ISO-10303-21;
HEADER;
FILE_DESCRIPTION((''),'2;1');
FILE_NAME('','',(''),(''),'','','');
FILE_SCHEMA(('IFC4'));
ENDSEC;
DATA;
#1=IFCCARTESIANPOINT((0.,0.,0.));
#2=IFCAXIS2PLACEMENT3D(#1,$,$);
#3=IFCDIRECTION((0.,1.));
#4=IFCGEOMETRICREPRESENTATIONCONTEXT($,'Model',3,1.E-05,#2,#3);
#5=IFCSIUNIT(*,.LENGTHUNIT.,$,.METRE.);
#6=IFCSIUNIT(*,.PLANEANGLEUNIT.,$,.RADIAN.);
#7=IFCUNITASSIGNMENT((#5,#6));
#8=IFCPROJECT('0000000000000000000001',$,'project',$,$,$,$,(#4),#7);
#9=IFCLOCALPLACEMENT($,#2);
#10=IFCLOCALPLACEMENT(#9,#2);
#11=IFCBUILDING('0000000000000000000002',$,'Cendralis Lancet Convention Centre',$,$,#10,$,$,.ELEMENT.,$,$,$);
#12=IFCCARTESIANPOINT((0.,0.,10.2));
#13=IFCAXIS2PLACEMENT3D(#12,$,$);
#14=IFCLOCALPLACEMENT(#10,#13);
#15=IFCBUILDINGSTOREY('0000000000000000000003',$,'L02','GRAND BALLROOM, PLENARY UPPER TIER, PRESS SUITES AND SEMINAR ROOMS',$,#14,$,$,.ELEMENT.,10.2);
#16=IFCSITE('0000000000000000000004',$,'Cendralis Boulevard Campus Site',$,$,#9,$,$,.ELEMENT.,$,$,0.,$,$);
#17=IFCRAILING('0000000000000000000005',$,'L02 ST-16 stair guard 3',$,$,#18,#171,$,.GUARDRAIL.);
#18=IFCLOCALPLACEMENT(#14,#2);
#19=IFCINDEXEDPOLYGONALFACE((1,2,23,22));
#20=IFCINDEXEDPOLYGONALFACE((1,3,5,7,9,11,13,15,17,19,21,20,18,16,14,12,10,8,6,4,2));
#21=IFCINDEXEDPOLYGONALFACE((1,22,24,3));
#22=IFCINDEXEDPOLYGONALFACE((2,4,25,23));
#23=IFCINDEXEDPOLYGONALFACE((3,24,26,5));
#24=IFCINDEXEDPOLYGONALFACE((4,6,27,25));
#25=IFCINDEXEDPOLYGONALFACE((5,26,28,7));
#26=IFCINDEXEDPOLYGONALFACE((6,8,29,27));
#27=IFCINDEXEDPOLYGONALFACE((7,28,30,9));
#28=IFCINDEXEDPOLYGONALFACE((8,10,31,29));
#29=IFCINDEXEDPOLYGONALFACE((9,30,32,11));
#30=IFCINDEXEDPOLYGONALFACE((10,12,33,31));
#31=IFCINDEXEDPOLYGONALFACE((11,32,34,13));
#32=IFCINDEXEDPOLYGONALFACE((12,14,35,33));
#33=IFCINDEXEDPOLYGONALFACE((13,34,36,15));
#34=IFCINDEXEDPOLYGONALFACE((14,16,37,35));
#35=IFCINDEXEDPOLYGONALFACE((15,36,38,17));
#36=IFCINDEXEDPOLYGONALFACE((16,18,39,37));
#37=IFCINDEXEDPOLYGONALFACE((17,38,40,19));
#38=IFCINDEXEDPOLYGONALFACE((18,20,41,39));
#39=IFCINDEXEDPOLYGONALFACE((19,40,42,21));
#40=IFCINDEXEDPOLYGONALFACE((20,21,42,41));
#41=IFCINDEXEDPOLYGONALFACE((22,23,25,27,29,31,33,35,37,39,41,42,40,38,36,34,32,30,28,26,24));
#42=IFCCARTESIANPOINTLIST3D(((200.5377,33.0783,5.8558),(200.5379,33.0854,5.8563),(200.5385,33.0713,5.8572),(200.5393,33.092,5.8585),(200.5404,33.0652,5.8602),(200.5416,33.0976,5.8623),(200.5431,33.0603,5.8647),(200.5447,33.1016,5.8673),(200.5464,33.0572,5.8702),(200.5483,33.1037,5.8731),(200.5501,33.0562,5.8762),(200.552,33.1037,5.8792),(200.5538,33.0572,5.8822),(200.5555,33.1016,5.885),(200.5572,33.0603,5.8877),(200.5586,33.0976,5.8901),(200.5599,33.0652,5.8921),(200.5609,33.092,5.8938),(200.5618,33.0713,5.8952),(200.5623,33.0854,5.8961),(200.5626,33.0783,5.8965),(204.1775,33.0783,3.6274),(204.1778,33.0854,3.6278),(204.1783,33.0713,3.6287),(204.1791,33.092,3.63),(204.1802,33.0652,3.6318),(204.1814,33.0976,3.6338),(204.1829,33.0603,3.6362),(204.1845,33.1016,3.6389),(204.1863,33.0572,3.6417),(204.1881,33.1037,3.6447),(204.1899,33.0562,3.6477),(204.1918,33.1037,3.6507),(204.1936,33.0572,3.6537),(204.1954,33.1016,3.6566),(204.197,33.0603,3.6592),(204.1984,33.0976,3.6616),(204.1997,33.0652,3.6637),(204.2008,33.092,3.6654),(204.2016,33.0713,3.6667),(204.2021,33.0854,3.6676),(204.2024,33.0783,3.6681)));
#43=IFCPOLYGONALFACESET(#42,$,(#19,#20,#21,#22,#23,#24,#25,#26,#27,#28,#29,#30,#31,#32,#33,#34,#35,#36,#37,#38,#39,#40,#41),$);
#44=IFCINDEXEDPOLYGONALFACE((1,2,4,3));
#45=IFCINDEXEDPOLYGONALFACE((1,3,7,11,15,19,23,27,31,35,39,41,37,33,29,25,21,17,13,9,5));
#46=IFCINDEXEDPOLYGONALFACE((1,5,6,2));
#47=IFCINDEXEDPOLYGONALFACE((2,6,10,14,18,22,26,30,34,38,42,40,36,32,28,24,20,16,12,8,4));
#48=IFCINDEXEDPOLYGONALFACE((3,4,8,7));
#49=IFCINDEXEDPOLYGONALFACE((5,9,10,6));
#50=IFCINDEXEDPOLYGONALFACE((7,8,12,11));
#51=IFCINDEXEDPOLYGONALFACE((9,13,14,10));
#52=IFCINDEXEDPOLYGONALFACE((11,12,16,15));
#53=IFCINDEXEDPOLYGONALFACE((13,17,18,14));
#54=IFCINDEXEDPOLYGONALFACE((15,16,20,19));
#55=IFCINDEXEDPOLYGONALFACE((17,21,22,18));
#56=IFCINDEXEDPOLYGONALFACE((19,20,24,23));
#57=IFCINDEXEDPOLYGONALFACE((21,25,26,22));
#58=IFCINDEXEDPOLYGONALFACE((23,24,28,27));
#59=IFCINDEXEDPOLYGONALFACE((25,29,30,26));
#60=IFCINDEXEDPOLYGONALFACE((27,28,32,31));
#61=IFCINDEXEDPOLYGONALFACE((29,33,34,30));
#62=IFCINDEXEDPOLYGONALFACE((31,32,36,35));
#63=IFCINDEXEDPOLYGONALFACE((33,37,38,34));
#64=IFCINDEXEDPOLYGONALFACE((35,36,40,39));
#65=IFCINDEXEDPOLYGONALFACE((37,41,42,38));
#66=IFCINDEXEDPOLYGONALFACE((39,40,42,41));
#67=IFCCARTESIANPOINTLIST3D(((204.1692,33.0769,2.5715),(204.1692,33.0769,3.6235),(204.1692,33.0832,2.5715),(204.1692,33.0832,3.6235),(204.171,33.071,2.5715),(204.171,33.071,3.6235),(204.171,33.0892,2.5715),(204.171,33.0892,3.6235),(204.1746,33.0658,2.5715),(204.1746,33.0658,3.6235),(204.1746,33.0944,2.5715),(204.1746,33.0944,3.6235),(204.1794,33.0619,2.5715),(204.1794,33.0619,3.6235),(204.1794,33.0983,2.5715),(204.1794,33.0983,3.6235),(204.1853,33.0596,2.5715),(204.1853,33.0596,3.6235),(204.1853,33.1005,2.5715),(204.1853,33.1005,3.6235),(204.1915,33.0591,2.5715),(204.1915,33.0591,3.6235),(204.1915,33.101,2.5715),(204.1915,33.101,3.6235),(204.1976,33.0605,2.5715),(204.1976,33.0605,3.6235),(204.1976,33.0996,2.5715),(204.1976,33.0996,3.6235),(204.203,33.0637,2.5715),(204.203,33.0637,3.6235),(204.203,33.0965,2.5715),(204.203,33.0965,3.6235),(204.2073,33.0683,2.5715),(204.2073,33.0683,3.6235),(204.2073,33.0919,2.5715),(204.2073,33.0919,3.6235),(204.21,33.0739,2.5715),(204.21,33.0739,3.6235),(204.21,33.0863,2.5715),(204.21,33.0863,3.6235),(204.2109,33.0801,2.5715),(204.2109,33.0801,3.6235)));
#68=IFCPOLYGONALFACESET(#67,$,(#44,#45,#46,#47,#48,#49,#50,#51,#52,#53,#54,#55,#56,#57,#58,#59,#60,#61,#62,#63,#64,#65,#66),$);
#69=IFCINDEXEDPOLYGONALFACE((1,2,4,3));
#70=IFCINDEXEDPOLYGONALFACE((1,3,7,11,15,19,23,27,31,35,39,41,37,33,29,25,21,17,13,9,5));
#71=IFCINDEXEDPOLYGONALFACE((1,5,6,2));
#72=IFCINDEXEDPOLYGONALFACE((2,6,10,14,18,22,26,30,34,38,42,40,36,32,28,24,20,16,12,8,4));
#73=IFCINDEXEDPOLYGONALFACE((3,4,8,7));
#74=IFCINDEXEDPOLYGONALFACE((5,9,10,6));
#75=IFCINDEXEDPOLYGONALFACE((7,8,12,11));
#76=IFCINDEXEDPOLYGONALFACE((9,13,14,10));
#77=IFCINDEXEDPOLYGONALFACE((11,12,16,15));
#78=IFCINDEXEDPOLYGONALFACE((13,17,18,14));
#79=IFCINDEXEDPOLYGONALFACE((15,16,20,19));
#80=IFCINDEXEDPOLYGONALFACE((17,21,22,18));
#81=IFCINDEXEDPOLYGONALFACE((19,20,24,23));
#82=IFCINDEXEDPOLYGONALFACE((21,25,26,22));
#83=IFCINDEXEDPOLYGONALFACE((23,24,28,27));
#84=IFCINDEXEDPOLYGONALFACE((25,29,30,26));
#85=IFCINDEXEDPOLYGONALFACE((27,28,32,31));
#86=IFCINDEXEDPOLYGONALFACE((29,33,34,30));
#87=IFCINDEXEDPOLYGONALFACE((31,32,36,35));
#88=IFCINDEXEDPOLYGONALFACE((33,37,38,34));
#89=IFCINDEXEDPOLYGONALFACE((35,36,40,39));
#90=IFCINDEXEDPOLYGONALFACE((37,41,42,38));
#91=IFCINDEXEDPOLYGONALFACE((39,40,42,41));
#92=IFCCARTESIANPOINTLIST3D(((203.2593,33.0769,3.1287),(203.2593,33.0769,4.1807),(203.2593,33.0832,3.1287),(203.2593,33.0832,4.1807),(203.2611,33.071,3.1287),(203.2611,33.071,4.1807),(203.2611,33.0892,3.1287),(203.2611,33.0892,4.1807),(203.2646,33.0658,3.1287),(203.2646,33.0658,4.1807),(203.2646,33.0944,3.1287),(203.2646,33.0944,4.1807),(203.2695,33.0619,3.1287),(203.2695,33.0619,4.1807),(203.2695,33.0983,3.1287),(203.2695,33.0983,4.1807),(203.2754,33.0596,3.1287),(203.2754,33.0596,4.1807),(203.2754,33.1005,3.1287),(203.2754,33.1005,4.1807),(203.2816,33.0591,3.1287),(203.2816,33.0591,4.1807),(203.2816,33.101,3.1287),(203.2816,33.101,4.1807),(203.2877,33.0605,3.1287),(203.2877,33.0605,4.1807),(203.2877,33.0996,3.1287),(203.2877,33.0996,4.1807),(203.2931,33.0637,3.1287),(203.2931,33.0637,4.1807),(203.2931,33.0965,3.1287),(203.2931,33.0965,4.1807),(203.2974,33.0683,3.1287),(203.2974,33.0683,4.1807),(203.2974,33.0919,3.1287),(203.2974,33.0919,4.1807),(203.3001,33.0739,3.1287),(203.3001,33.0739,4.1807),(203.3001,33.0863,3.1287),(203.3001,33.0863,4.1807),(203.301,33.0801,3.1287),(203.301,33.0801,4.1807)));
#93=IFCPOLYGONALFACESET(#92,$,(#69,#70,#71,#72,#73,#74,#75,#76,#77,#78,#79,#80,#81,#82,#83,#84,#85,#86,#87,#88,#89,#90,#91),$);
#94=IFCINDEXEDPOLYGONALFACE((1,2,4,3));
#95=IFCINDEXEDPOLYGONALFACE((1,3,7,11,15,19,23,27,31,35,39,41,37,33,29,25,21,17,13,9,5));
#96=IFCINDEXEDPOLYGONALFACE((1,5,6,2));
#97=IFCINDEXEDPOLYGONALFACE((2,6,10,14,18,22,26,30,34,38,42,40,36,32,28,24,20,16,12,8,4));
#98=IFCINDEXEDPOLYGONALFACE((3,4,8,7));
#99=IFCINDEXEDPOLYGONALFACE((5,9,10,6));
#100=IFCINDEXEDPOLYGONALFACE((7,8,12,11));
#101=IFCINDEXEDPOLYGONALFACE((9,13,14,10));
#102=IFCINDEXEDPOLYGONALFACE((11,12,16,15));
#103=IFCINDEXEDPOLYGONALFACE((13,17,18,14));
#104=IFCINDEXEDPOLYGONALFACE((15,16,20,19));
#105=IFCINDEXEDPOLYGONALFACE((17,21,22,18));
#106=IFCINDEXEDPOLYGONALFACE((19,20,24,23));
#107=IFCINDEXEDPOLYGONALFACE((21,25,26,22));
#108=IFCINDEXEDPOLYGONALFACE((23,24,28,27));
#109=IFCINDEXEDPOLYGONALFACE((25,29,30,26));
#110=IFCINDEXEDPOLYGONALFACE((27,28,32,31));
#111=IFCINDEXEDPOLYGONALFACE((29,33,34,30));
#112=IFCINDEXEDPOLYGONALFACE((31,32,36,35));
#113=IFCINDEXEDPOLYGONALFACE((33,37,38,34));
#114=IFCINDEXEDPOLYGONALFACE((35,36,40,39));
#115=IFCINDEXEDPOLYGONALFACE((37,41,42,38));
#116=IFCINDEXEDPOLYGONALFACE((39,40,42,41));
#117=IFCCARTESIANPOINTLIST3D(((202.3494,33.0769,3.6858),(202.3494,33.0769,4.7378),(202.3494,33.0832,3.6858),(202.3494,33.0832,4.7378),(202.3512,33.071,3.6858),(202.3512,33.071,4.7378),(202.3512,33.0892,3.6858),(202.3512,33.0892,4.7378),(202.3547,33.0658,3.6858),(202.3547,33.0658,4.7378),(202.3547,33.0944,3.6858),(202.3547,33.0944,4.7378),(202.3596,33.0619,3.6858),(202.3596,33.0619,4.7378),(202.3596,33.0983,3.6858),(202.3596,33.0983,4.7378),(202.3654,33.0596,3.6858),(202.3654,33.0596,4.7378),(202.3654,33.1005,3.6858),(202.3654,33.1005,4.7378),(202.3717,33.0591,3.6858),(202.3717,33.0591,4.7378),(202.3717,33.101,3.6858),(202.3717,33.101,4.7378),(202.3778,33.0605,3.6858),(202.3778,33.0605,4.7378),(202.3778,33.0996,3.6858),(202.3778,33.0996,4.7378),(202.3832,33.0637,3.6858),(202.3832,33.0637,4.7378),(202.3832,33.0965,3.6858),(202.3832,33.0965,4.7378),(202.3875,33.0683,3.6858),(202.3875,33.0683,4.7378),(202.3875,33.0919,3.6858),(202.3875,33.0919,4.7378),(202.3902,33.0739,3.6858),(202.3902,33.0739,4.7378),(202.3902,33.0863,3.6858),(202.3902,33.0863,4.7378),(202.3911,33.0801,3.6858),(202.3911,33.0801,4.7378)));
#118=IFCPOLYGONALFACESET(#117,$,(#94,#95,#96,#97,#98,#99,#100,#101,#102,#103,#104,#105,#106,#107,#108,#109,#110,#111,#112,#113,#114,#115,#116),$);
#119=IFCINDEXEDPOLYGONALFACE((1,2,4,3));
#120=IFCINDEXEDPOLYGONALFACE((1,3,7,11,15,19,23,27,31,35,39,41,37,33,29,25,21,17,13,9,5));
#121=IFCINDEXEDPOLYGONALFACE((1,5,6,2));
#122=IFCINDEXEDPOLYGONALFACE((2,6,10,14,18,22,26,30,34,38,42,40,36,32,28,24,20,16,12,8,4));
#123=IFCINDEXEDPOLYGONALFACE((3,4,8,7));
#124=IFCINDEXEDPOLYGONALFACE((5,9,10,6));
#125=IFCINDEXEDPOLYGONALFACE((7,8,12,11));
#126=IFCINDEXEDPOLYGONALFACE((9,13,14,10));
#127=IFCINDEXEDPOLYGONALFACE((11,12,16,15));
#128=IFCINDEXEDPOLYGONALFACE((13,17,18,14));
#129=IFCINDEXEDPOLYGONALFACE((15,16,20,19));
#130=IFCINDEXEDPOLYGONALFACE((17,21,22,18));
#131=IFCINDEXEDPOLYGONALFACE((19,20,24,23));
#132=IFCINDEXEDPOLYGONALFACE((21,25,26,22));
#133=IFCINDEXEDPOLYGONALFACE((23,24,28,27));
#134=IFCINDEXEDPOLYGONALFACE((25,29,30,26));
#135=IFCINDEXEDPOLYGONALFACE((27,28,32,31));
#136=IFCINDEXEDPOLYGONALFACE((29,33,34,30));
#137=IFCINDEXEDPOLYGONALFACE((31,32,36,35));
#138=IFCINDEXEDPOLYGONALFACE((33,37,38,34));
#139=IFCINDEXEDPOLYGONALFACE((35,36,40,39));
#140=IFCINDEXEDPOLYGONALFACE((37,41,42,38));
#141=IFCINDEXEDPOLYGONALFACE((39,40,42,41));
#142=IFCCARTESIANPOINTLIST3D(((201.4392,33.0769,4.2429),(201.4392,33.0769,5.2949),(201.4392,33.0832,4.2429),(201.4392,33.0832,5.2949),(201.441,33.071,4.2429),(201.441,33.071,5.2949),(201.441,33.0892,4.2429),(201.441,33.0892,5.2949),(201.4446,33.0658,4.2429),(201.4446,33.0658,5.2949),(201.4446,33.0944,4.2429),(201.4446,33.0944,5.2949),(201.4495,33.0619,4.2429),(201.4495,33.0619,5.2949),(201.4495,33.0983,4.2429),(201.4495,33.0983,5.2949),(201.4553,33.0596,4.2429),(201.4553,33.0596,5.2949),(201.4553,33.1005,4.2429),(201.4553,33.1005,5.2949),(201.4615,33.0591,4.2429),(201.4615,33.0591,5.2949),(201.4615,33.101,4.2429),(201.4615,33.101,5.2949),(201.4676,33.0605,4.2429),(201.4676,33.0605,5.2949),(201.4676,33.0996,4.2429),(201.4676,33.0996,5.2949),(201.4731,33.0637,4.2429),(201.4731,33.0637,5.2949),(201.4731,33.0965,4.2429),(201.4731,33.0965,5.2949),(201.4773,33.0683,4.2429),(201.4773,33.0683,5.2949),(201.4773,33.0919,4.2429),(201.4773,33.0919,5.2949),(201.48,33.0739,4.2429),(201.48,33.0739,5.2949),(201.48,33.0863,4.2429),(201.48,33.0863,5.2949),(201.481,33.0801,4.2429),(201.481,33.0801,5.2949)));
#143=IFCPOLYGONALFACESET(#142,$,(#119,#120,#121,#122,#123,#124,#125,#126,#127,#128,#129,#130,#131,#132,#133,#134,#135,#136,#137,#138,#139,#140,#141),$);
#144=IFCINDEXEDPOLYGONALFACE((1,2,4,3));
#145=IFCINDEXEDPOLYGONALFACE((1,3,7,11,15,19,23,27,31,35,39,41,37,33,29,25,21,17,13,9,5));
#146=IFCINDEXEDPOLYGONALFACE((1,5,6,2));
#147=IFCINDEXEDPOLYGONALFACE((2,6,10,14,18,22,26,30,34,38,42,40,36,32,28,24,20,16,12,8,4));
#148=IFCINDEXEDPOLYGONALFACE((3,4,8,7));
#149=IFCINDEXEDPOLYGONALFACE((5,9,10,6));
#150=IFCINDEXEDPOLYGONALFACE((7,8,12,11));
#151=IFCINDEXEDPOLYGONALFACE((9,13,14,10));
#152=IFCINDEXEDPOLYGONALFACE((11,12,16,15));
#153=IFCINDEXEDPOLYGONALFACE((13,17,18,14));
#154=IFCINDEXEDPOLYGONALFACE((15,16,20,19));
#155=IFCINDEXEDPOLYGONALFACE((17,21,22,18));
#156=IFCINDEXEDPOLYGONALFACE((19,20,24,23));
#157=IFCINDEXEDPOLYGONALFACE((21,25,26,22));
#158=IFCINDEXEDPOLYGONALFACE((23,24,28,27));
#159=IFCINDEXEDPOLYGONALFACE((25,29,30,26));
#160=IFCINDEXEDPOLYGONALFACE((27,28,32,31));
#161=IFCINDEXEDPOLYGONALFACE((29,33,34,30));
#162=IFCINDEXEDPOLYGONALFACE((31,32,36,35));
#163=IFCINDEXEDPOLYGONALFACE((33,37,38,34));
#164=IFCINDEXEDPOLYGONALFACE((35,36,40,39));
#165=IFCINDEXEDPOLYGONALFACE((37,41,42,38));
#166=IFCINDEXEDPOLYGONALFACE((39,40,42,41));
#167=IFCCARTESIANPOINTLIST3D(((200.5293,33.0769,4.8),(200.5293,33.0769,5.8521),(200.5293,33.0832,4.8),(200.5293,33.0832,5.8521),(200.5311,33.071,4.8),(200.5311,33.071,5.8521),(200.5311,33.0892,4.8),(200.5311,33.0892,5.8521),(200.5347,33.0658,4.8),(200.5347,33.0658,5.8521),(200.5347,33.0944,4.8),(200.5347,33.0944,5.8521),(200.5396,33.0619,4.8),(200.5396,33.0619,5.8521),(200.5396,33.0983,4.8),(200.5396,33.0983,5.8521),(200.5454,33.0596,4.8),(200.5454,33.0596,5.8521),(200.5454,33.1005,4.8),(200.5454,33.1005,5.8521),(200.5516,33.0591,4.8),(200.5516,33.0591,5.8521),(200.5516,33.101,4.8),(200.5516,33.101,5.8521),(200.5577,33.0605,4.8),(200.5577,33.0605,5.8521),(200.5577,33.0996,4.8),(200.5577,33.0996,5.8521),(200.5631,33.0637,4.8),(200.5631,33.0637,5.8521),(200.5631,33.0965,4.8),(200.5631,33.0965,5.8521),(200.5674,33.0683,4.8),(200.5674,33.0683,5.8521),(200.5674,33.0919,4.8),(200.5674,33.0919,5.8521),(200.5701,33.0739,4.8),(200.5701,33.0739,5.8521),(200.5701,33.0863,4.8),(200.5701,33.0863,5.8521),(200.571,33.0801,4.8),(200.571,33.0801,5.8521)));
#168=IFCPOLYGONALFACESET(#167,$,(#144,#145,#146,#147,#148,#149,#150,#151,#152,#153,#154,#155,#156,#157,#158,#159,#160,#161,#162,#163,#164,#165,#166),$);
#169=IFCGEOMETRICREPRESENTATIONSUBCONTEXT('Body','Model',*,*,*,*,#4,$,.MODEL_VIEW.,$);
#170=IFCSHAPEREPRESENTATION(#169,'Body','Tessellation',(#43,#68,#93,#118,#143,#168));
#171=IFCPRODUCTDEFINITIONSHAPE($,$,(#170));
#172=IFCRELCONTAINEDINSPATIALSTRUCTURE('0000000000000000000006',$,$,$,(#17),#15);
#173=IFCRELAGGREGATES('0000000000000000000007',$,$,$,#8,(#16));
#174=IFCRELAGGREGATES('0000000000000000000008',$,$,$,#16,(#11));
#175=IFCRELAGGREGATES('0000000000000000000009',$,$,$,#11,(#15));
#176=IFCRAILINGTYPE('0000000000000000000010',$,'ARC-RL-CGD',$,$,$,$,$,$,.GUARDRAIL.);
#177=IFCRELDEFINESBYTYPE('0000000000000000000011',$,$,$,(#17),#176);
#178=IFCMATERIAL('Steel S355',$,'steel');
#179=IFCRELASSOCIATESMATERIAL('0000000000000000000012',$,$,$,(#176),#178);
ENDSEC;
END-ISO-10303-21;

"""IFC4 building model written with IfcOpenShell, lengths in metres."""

from ifc_helpers import new_model, si_unit, direction, frame, origin, origin_2d, place, context, subcontext, project, spatial, circle, extrude, material, type_object, element, save


model = new_model("IFC4")

# Units and contexts
model_context = context("Model", 3, precision=1e-05, world=origin(), true_north=direction((0.0, 1.0)))
body_context = subcontext(model_context, "Body", "Model", "MODEL_VIEW")
ifc_project = project(units=[si_unit("LENGTHUNIT", "METRE"), si_unit("PLANEANGLEUNIT", "RADIAN")], contexts=[model_context])

# Site, building, storey
site_placement = place(None, origin())
site = spatial("IfcSite", under=ifc_project, at=site_placement, Name="Cendralis Boulevard Campus Site", CompositionType="ELEMENT", RefElevation=0.0)
building_placement = place(site_placement, origin())
building = spatial("IfcBuilding", under=site, at=building_placement, Name="Cendralis Lancet Convention Centre", CompositionType="ELEMENT")
storey_placement = place(building_placement, frame((0.0, 0.0, 10.2)))
storey = spatial("IfcBuildingStorey", under=building, at=storey_placement, Name="L02", Description="GRAND BALLROOM, PLENARY UPPER TIER, PRESS SUITES AND SEMINAR ROOMS", CompositionType="ELEMENT", Elevation=10.2)

# Shared definitions
ifc_material_1 = material(Name="Steel S355", Category="steel")

# Railing
railing_type_1 = type_object("IfcRailingType", Name="ARC-RL-CGD", PredefinedType="GUARDRAIL", material=ifc_material_1)
railing_1_placement = place(storey_placement, frame((204.1899, 33.0801, 2.5715)))
element("IfcRailing", 1, at=railing_1_placement, inside=storey, type_object=railing_type_1, Name="L02 ST-16 stair guard 3", PredefinedType="GUARDRAIL", context=body_context, shape_type="SweptSolid", body=[
    extrude(circle(Radius=0.0239, at=origin_2d()), frame((0.0, 0.0, 1.0762), z_axis=(-0.85285, 0.0, 0.522156), x_axis=(0.0, -1.0, 0.0)), (0.0, 0.0, 1.0), 4.2678),
    extrude(circle(Radius=0.021, at=origin_2d()), origin(), (0.0, 0.0, 1.0), 1.052),
    extrude(circle(Radius=0.021, at=origin_2d()), frame((-0.9099, 0.0, 0.5571)), (0.0, 0.0, 1.0), 1.052),
    extrude(circle(Radius=0.021, at=origin_2d()), frame((-1.8198, 0.0, 1.1143)), (0.0, 0.0, 1.0), 1.052),
    extrude(circle(Radius=0.021, at=origin_2d()), frame((-2.73, 0.0, 1.6714)), (0.0, 0.0, 1.0), 1.052),
    extrude(circle(Radius=0.021, at=origin_2d()), frame((-3.6399, 0.0, 2.2285)), (0.0, 0.0, 1.0), 1.052),
])

save(model, "model.ifc")
